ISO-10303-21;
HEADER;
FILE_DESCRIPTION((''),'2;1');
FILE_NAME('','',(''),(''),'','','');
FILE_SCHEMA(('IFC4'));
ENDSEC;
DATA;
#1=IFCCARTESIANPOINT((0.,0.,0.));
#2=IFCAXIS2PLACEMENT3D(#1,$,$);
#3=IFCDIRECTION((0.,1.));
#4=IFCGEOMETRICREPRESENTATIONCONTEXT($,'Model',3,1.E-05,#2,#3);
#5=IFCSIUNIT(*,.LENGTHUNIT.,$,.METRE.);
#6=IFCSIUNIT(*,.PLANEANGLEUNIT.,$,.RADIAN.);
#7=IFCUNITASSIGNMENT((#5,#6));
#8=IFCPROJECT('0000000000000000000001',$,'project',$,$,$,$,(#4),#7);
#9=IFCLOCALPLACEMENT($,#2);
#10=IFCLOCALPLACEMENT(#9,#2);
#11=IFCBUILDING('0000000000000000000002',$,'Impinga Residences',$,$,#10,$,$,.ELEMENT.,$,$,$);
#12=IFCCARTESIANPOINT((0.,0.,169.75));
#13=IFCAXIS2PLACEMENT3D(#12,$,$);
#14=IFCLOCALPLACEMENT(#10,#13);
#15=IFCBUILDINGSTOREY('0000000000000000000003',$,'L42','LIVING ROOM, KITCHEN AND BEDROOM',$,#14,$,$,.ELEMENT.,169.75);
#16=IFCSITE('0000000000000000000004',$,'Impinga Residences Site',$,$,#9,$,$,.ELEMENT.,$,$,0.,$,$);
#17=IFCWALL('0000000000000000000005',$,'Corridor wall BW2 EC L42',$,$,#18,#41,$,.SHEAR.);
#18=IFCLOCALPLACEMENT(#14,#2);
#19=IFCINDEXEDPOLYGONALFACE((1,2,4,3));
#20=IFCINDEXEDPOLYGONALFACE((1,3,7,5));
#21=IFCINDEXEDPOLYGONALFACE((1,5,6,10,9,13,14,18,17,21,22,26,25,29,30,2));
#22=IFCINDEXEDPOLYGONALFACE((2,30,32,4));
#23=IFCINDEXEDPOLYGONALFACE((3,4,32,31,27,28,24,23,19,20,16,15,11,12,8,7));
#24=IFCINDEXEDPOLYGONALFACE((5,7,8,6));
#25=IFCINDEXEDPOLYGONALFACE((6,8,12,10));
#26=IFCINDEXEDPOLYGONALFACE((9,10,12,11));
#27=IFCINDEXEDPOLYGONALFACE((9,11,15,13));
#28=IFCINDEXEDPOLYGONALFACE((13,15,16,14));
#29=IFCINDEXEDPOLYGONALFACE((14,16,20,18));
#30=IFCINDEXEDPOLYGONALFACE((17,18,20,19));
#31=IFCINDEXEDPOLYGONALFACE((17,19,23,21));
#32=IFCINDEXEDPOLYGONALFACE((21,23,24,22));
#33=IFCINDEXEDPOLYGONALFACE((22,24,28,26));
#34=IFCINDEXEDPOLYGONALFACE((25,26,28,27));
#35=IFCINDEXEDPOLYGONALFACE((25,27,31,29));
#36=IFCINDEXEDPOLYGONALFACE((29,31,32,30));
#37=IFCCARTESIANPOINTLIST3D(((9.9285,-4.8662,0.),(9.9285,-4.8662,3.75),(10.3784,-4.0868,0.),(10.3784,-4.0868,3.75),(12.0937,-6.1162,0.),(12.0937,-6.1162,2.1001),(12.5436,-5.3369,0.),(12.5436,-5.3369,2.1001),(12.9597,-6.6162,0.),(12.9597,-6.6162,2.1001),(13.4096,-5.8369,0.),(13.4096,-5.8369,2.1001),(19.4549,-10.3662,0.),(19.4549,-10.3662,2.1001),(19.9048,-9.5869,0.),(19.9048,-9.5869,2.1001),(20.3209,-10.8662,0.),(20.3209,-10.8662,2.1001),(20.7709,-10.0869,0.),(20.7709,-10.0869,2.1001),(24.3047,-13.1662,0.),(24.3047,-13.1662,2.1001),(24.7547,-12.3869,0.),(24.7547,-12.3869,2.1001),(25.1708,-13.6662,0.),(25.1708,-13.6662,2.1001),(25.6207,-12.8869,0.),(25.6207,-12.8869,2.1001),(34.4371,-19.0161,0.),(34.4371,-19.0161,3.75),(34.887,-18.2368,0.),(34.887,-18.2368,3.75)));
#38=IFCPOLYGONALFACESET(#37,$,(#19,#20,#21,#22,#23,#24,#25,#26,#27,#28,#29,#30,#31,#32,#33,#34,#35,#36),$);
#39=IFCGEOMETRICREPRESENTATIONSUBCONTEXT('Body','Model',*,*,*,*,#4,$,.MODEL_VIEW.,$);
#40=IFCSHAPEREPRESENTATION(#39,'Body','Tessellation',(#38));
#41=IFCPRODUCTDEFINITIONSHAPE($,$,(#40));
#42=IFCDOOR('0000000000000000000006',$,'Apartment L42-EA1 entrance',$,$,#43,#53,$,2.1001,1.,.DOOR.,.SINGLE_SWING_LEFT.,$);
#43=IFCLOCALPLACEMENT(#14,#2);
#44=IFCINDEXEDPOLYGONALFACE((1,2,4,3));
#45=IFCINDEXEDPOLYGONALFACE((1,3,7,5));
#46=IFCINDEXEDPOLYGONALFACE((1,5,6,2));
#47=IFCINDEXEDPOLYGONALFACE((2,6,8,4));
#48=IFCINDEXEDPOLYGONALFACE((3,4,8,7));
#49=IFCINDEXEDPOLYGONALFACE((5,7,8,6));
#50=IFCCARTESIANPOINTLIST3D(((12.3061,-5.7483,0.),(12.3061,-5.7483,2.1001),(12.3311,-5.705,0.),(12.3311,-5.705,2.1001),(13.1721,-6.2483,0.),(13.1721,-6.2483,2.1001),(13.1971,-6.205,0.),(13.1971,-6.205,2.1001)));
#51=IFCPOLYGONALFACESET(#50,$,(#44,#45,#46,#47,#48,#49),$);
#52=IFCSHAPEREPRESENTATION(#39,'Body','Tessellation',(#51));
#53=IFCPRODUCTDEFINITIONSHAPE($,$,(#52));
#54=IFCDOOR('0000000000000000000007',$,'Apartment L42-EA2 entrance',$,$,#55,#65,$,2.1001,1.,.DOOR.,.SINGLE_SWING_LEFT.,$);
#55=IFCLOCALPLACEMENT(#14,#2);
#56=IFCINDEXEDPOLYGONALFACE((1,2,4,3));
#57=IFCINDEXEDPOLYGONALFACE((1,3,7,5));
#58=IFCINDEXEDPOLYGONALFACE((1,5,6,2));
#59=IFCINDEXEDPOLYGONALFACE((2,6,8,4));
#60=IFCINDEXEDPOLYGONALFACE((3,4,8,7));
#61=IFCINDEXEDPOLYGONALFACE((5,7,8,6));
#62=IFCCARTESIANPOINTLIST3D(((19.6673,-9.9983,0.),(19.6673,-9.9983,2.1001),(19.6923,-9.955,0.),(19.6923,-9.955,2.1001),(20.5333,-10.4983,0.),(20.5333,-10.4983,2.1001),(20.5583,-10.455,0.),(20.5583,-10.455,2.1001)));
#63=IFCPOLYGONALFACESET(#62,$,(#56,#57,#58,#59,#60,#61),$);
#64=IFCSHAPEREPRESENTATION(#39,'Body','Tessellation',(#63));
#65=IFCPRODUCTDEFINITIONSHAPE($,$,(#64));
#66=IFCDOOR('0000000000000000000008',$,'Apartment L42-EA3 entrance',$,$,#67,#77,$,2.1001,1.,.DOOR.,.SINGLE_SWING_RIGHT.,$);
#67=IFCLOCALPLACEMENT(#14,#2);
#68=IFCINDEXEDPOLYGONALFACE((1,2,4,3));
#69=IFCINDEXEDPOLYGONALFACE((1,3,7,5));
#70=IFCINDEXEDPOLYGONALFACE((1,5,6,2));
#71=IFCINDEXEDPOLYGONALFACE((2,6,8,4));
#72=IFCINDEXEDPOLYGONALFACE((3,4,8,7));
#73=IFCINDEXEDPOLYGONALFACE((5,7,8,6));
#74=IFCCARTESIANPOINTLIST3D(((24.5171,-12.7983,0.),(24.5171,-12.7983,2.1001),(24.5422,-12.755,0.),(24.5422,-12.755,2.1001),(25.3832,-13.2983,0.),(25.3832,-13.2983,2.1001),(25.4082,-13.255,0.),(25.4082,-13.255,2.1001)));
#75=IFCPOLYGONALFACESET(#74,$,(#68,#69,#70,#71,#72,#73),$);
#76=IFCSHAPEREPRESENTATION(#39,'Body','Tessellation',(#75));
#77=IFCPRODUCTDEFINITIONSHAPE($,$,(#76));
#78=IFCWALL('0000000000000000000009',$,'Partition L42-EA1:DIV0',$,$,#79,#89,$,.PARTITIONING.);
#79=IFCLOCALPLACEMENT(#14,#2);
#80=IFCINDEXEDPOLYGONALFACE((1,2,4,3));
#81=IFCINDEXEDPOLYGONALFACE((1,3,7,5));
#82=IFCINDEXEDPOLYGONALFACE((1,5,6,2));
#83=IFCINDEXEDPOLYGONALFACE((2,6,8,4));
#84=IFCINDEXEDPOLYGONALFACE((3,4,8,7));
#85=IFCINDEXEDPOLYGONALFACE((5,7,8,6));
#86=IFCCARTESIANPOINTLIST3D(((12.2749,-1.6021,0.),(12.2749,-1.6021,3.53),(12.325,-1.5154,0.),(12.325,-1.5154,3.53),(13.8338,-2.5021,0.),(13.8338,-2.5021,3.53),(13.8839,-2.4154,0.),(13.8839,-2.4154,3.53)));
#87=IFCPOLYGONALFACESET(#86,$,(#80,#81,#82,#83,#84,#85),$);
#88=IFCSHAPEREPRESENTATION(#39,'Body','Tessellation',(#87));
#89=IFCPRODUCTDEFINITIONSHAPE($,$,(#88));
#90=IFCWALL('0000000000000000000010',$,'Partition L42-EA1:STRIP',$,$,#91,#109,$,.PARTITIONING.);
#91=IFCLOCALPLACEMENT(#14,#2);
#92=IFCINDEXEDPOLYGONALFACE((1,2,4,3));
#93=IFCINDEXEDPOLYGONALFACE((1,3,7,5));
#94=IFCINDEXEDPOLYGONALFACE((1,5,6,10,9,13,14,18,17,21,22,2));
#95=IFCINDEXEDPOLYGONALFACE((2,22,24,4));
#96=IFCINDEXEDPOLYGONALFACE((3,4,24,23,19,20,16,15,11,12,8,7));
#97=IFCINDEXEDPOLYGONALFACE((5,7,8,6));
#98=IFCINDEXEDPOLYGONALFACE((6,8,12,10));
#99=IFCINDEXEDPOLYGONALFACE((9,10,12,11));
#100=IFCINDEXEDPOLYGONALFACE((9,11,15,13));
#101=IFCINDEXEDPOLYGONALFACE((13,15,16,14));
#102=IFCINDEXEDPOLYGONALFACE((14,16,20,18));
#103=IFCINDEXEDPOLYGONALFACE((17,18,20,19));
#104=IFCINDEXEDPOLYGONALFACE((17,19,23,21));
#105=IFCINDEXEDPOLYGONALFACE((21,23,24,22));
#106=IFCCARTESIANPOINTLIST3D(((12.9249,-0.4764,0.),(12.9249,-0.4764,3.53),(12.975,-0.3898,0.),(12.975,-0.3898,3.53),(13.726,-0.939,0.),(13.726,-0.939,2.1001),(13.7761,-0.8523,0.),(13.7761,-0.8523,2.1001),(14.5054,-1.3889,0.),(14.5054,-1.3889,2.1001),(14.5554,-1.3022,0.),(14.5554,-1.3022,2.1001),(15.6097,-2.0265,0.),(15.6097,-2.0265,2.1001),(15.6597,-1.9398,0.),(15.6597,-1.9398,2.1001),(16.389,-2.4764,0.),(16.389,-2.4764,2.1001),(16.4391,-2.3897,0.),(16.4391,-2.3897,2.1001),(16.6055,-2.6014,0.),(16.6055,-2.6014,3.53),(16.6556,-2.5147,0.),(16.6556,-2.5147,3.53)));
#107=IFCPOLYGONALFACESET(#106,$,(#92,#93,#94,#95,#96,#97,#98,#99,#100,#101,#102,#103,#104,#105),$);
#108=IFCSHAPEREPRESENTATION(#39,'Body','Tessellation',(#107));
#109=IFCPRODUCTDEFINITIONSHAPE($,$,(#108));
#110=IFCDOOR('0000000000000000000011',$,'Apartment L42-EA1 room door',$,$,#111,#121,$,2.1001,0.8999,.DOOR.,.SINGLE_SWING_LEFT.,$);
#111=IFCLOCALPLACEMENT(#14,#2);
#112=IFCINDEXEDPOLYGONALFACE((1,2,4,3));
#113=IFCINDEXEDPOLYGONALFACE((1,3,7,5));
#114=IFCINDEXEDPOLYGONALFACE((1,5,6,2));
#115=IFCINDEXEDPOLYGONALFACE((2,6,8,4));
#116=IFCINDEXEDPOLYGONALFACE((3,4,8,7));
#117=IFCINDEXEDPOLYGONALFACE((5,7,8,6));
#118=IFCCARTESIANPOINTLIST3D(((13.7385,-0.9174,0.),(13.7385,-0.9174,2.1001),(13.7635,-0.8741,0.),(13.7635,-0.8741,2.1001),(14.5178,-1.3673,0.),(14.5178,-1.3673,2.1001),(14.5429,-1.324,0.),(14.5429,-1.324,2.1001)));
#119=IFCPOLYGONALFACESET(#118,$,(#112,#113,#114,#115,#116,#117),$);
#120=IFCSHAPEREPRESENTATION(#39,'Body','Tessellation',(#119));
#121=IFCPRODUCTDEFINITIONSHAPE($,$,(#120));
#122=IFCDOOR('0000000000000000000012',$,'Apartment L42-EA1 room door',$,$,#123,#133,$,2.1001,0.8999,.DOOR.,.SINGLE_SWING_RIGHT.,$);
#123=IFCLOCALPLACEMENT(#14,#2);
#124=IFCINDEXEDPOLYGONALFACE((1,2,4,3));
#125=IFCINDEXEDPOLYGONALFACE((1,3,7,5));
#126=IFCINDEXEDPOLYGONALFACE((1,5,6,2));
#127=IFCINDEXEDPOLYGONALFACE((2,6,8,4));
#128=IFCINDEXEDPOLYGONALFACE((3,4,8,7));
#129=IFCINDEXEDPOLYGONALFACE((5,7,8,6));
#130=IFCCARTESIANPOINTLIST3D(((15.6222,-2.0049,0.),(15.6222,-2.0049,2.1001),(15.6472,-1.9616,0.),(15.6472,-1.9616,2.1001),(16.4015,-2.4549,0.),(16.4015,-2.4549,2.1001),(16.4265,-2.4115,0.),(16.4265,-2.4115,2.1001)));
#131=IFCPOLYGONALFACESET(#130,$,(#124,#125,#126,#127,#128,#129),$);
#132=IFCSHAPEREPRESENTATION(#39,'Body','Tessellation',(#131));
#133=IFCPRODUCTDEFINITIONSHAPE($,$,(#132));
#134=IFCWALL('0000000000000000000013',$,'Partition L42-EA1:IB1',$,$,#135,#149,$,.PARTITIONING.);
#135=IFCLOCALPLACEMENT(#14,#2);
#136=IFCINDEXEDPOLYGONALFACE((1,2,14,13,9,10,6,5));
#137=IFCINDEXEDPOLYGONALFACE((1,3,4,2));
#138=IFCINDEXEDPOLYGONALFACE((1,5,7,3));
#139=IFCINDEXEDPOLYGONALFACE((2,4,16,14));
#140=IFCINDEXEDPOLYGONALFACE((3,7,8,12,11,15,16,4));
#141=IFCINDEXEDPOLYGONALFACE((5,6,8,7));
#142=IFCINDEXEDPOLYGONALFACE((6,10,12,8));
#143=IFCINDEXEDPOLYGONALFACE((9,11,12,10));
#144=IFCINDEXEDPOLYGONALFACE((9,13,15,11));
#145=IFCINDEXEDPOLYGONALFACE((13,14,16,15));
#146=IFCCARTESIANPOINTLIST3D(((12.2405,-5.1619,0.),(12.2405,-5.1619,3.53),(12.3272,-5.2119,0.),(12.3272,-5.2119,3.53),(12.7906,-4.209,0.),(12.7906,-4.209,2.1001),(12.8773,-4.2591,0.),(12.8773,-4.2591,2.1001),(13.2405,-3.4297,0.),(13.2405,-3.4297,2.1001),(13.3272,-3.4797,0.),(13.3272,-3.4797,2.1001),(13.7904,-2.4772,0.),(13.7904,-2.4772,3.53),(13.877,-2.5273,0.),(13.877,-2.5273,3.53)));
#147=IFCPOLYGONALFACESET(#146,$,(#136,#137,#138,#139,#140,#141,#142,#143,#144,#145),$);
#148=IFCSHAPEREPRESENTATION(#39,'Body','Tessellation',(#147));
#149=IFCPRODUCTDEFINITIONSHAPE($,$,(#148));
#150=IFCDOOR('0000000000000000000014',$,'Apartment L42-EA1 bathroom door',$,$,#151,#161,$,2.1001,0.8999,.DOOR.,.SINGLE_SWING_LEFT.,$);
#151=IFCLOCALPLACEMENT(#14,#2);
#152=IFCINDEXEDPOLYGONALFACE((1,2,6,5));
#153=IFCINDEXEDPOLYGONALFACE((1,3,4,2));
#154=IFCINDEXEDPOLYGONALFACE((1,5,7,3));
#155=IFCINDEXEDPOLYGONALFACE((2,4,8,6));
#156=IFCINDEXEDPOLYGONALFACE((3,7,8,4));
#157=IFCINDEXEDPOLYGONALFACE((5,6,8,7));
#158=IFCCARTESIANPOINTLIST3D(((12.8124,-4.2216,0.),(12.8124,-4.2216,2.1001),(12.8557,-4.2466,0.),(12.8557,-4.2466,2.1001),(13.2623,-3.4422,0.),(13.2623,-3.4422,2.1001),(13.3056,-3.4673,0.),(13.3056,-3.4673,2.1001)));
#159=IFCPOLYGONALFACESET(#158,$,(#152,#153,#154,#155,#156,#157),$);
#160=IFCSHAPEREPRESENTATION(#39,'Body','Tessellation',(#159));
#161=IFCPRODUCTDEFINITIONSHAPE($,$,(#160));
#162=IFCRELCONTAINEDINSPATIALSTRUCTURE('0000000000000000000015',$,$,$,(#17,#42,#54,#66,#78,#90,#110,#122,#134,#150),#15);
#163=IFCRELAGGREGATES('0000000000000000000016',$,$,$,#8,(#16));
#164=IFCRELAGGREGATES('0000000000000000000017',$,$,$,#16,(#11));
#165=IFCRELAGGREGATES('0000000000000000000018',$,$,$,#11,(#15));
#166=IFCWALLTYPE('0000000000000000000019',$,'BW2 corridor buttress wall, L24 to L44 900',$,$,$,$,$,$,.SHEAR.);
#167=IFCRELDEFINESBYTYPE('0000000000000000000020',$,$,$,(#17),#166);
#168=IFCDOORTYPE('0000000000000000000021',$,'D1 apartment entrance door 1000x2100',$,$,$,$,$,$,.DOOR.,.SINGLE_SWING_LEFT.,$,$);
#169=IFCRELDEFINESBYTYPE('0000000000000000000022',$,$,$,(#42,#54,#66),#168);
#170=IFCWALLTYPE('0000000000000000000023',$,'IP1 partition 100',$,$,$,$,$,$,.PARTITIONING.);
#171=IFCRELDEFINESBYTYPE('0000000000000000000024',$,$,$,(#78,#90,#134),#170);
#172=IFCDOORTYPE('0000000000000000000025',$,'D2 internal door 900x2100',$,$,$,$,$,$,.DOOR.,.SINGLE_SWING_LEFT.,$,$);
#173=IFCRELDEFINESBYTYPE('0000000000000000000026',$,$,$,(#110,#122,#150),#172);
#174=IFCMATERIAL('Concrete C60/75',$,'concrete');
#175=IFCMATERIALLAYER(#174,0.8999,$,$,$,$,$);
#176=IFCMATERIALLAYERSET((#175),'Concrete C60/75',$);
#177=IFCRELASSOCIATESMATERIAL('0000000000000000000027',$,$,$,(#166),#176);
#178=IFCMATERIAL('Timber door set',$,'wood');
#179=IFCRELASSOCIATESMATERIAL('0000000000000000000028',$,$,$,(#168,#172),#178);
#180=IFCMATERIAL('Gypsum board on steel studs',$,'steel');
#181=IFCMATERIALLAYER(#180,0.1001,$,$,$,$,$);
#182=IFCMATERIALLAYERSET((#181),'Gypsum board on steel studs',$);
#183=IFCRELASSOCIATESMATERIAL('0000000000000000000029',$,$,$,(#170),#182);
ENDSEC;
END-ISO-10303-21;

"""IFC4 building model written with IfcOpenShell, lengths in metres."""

from ifc_helpers import new_model, si_unit, direction, frame, frame_2d, origin, place, context, subcontext, project, spatial, rectangle, extrude, material, layer, layer_set, type_object, element, fill, save


model = new_model("IFC4")

# Units and contexts
model_context = context("Model", 3, precision=1e-05, world=origin(), true_north=direction((0.0, 1.0)))
body_context = subcontext(model_context, "Body", "Model", "MODEL_VIEW")
ifc_project = project(units=[si_unit("LENGTHUNIT", "METRE"), si_unit("PLANEANGLEUNIT", "RADIAN")], contexts=[model_context])

# Site, building, storey
site_placement = place(None, origin())
site = spatial("IfcSite", under=ifc_project, at=site_placement, Name="Impinga Residences Site", CompositionType="ELEMENT", RefElevation=0.0)
building_placement = place(site_placement, origin())
building = spatial("IfcBuilding", under=site, at=building_placement, Name="Impinga Residences", CompositionType="ELEMENT")
storey_placement = place(building_placement, frame((0.0, 0.0, 169.75)))
storey = spatial("IfcBuildingStorey", under=building, at=storey_placement, Name="L42", Description="LIVING ROOM, KITCHEN AND BEDROOM", CompositionType="ELEMENT", Elevation=169.75)

# Wall, openings, doors
ifc_material_1 = material(Name="Concrete C60/75", Category="concrete")
ifc_layer_1 = layer(ifc_material_1, 0.8999)
ifc_layer_set_1 = layer_set([ifc_layer_1], Name="Concrete C60/75")
wall_type_1 = type_object("IfcWallType", Name="BW2 corridor buttress wall, L24 to L44 900", PredefinedType="SHEAR", material=ifc_layer_set_1)
wall_1_placement = place(storey_placement, frame((10.1536, -4.4766, 0.0), z_axis=(0.0, 0.0, 1.0), x_axis=(0.866027, -0.499997, 0.0)))
wall_1 = element("IfcWall", 1, at=wall_1_placement, inside=storey, type_object=wall_type_1, Name="Corridor wall BW2 EC L42", PredefinedType="SHEAR", context=body_context, shape_type="SweptSolid", body=[
    extrude(rectangle(XDim=28.3, YDim=0.8999, at=frame_2d((14.1499, 0.0))), origin(), (0.0, 0.0, 1.0), 3.75),
])
opening_1_placement = place(wall_1_placement, frame((2.5, 0.0, 0.0)))
opening_1 = element("IfcOpeningElement", 2, at=opening_1_placement, cuts=wall_1, PredefinedType="OPENING", context=body_context, shape_type="SweptSolid", body=[
    extrude(rectangle(XDim=1.0, YDim=2.1001, at=frame_2d((0.5, 1.05))), frame((0.0, 0.46, 0.0), z_axis=(0.0, -1.0, 0.0), x_axis=(1.0, 0.0, 0.0)), (0.0, 0.0, 1.0), 0.9199),
])
opening_2_placement = place(wall_1_placement, frame((11.0, 0.0, 0.0)))
opening_2 = element("IfcOpeningElement", 3, at=opening_2_placement, cuts=wall_1, PredefinedType="OPENING", context=body_context, shape_type="SweptSolid", body=[
    extrude(rectangle(XDim=1.0, YDim=2.1001, at=frame_2d((0.5, 1.05))), frame((0.0, 0.46, 0.0), z_axis=(0.0, -1.0, 0.0), x_axis=(1.0, 0.0, 0.0)), (0.0, 0.0, 1.0), 0.9199),
])
opening_3_placement = place(wall_1_placement, frame((16.6001, 0.0, 0.0)))
opening_3 = element("IfcOpeningElement", 4, at=opening_3_placement, cuts=wall_1, PredefinedType="OPENING", context=body_context, shape_type="SweptSolid", body=[
    extrude(rectangle(XDim=1.0, YDim=2.1001, at=frame_2d((0.5, 1.05))), frame((0.0, 0.46, 0.0), z_axis=(0.0, -1.0, 0.0), x_axis=(1.0, 0.0, 0.0)), (0.0, 0.0, 1.0), 0.9199),
])
ifc_material_2 = material(Name="Timber door set", Category="wood")
door_type_1 = type_object("IfcDoorType", Name="D1 apartment entrance door 1000x2100", OperationType="SINGLE_SWING_LEFT", PredefinedType="DOOR", material=ifc_material_2)
door_1_placement = place(opening_1_placement, origin())
door_1 = element("IfcDoor", 5, at=door_1_placement, inside=storey, type_object=door_type_1, Name="Apartment L42-EA1 entrance", OperationType="SINGLE_SWING_LEFT", OverallHeight=2.1001, OverallWidth=1.0, PredefinedType="DOOR", context=body_context, shape_type="SweptSolid", body=[
    extrude(rectangle(XDim=1.0, YDim=2.1001, at=frame_2d((0.5, 1.05))), frame((0.0, 0.0249, 0.0), z_axis=(0.0, -1.0, 0.0), x_axis=(1.0, 0.0, 0.0)), (0.0, 0.0, 1.0), 0.05),
])
fill(opening_1, door_1)
door_2_placement = place(opening_2_placement, origin())
door_2 = element("IfcDoor", 6, at=door_2_placement, inside=storey, type_object=door_type_1, Name="Apartment L42-EA2 entrance", OperationType="SINGLE_SWING_LEFT", OverallHeight=2.1001, OverallWidth=1.0, PredefinedType="DOOR", context=body_context, shape_type="SweptSolid", body=[
    extrude(rectangle(XDim=1.0, YDim=2.1001, at=frame_2d((0.5, 1.05))), frame((0.0, 0.0249, 0.0), z_axis=(0.0, -1.0, 0.0), x_axis=(1.0, 0.0, 0.0)), (0.0, 0.0, 1.0), 0.05),
])
fill(opening_2, door_2)
door_3_placement = place(opening_3_placement, origin())
door_3 = element("IfcDoor", 7, at=door_3_placement, inside=storey, type_object=door_type_1, Name="Apartment L42-EA3 entrance", OperationType="SINGLE_SWING_RIGHT", OverallHeight=2.1001, OverallWidth=1.0, PredefinedType="DOOR", context=body_context, shape_type="SweptSolid", body=[
    extrude(rectangle(XDim=1.0, YDim=2.1001, at=frame_2d((0.5, 1.05))), frame((0.0, 0.0249, 0.0), z_axis=(0.0, -1.0, 0.0), x_axis=(1.0, 0.0, 0.0)), (0.0, 0.0, 1.0), 0.05),
])
fill(opening_3, door_3)

# Wall
ifc_material_3 = material(Name="Gypsum board on steel studs", Category="steel")
ifc_layer_2 = layer(ifc_material_3, 0.1001)
ifc_layer_set_2 = layer_set([ifc_layer_2], Name="Gypsum board on steel studs")
wall_type_2 = type_object("IfcWallType", Name="IP1 partition 100", PredefinedType="PARTITIONING", material=ifc_layer_set_2)
wall_2_placement = place(storey_placement, frame((12.3, -1.5588, 0.0), z_axis=(0.0, 0.0, 1.0), x_axis=(0.866048, -0.499961, 0.0)))
element("IfcWall", 8, at=wall_2_placement, inside=storey, type_object=wall_type_2, Name="Partition L42-EA1:DIV0", PredefinedType="PARTITIONING", context=body_context, shape_type="SweptSolid", body=[
    extrude(rectangle(XDim=1.8, YDim=0.1001, at=frame_2d((0.8999, 0.0))), origin(), (0.0, 0.0, 1.0), 3.53),
])

# Wall, openings, doors
wall_3_placement = place(storey_placement, frame((12.95, -0.4331, 0.0), z_axis=(0.0, 0.0, 1.0), x_axis=(0.866029, -0.499994, 0.0)))
wall_3 = element("IfcWall", 9, at=wall_3_placement, inside=storey, type_object=wall_type_2, Name="Partition L42-EA1:STRIP", PredefinedType="PARTITIONING", context=body_context, shape_type="SweptSolid", body=[
    extrude(rectangle(XDim=4.25, YDim=0.1001, at=frame_2d((2.125, 0.0))), origin(), (0.0, 0.0, 1.0), 3.53),
])
opening_4_placement = place(wall_3_placement, frame((0.925, 0.0, 0.0)))
opening_4 = element("IfcOpeningElement", 10, at=opening_4_placement, cuts=wall_3, PredefinedType="OPENING", context=body_context, shape_type="SweptSolid", body=[
    extrude(rectangle(XDim=0.8999, YDim=2.1001, at=frame_2d((0.45, 1.05))), frame((0.0, 0.0601, 0.0), z_axis=(0.0, -1.0, 0.0), x_axis=(1.0, 0.0, 0.0)), (0.0, 0.0, 1.0), 0.1201),
])
opening_5_placement = place(wall_3_placement, frame((3.1001, 0.0, 0.0)))
opening_5 = element("IfcOpeningElement", 11, at=opening_5_placement, cuts=wall_3, PredefinedType="OPENING", context=body_context, shape_type="SweptSolid", body=[
    extrude(rectangle(XDim=0.8999, YDim=2.1001, at=frame_2d((0.45, 1.05))), frame((0.0, 0.0601, 0.0), z_axis=(0.0, -1.0, 0.0), x_axis=(1.0, 0.0, 0.0)), (0.0, 0.0, 1.0), 0.1201),
])
door_type_2 = type_object("IfcDoorType", Name="D2 internal door 900x2100", OperationType="SINGLE_SWING_LEFT", PredefinedType="DOOR", material=ifc_material_2)
door_4_placement = place(opening_4_placement, origin())
door_4 = element("IfcDoor", 12, at=door_4_placement, inside=storey, type_object=door_type_2, Name="Apartment L42-EA1 room door", OperationType="SINGLE_SWING_LEFT", OverallHeight=2.1001, OverallWidth=0.8999, PredefinedType="DOOR", context=body_context, shape_type="SweptSolid", body=[
    extrude(rectangle(XDim=0.8999, YDim=2.1001, at=frame_2d((0.45, 1.05))), frame((0.0, 0.0249, 0.0), z_axis=(0.0, -1.0, 0.0), x_axis=(1.0, 0.0, 0.0)), (0.0, 0.0, 1.0), 0.05),
])
fill(opening_4, door_4)
door_5_placement = place(opening_5_placement, origin())
door_5 = element("IfcDoor", 13, at=door_5_placement, inside=storey, type_object=door_type_2, Name="Apartment L42-EA1 room door", OperationType="SINGLE_SWING_RIGHT", OverallHeight=2.1001, OverallWidth=0.8999, PredefinedType="DOOR", context=body_context, shape_type="SweptSolid", body=[
    extrude(rectangle(XDim=0.8999, YDim=2.1001, at=frame_2d((0.45, 1.05))), frame((0.0, 0.0249, 0.0), z_axis=(0.0, -1.0, 0.0), x_axis=(1.0, 0.0, 0.0)), (0.0, 0.0, 1.0), 0.05),
])
fill(opening_5, door_5)

# Wall, opening, door
wall_4_placement = place(storey_placement, frame((12.2839, -5.1868, 0.0), z_axis=(0.0, 0.0, 1.0), x_axis=(0.499968, 0.866044, 0.0)))
wall_4 = element("IfcWall", 14, at=wall_4_placement, inside=storey, type_object=wall_type_2, Name="Partition L42-EA1:IB1", PredefinedType="PARTITIONING", context=body_context, shape_type="SweptSolid", body=[
    extrude(rectangle(XDim=3.0999, YDim=0.1001, at=frame_2d((1.5498, 0.0))), origin(), (0.0, 0.0, 1.0), 3.53),
])
opening_6_placement = place(wall_4_placement, frame((1.1001, 0.0, 0.0)))
opening_6 = element("IfcOpeningElement", 15, at=opening_6_placement, cuts=wall_4, PredefinedType="OPENING", context=body_context, shape_type="SweptSolid", body=[
    extrude(rectangle(XDim=0.8999, YDim=2.1001, at=frame_2d((0.45, 1.05))), frame((0.0, 0.0601, 0.0), z_axis=(0.0, -1.0, 0.0), x_axis=(1.0, 0.0, 0.0)), (0.0, 0.0, 1.0), 0.1201),
])
door_6_placement = place(opening_6_placement, origin())
door_6 = element("IfcDoor", 16, at=door_6_placement, inside=storey, type_object=door_type_2, Name="Apartment L42-EA1 bathroom door", OperationType="SINGLE_SWING_LEFT", OverallHeight=2.1001, OverallWidth=0.8999, PredefinedType="DOOR", context=body_context, shape_type="SweptSolid", body=[
    extrude(rectangle(XDim=0.8999, YDim=2.1001, at=frame_2d((0.45, 1.05))), frame((0.0, 0.0249, 0.0), z_axis=(0.0, -1.0, 0.0), x_axis=(1.0, 0.0, 0.0)), (0.0, 0.0, 1.0), 0.05),
])
fill(opening_6, door_6)

save(model, "model.ifc")
